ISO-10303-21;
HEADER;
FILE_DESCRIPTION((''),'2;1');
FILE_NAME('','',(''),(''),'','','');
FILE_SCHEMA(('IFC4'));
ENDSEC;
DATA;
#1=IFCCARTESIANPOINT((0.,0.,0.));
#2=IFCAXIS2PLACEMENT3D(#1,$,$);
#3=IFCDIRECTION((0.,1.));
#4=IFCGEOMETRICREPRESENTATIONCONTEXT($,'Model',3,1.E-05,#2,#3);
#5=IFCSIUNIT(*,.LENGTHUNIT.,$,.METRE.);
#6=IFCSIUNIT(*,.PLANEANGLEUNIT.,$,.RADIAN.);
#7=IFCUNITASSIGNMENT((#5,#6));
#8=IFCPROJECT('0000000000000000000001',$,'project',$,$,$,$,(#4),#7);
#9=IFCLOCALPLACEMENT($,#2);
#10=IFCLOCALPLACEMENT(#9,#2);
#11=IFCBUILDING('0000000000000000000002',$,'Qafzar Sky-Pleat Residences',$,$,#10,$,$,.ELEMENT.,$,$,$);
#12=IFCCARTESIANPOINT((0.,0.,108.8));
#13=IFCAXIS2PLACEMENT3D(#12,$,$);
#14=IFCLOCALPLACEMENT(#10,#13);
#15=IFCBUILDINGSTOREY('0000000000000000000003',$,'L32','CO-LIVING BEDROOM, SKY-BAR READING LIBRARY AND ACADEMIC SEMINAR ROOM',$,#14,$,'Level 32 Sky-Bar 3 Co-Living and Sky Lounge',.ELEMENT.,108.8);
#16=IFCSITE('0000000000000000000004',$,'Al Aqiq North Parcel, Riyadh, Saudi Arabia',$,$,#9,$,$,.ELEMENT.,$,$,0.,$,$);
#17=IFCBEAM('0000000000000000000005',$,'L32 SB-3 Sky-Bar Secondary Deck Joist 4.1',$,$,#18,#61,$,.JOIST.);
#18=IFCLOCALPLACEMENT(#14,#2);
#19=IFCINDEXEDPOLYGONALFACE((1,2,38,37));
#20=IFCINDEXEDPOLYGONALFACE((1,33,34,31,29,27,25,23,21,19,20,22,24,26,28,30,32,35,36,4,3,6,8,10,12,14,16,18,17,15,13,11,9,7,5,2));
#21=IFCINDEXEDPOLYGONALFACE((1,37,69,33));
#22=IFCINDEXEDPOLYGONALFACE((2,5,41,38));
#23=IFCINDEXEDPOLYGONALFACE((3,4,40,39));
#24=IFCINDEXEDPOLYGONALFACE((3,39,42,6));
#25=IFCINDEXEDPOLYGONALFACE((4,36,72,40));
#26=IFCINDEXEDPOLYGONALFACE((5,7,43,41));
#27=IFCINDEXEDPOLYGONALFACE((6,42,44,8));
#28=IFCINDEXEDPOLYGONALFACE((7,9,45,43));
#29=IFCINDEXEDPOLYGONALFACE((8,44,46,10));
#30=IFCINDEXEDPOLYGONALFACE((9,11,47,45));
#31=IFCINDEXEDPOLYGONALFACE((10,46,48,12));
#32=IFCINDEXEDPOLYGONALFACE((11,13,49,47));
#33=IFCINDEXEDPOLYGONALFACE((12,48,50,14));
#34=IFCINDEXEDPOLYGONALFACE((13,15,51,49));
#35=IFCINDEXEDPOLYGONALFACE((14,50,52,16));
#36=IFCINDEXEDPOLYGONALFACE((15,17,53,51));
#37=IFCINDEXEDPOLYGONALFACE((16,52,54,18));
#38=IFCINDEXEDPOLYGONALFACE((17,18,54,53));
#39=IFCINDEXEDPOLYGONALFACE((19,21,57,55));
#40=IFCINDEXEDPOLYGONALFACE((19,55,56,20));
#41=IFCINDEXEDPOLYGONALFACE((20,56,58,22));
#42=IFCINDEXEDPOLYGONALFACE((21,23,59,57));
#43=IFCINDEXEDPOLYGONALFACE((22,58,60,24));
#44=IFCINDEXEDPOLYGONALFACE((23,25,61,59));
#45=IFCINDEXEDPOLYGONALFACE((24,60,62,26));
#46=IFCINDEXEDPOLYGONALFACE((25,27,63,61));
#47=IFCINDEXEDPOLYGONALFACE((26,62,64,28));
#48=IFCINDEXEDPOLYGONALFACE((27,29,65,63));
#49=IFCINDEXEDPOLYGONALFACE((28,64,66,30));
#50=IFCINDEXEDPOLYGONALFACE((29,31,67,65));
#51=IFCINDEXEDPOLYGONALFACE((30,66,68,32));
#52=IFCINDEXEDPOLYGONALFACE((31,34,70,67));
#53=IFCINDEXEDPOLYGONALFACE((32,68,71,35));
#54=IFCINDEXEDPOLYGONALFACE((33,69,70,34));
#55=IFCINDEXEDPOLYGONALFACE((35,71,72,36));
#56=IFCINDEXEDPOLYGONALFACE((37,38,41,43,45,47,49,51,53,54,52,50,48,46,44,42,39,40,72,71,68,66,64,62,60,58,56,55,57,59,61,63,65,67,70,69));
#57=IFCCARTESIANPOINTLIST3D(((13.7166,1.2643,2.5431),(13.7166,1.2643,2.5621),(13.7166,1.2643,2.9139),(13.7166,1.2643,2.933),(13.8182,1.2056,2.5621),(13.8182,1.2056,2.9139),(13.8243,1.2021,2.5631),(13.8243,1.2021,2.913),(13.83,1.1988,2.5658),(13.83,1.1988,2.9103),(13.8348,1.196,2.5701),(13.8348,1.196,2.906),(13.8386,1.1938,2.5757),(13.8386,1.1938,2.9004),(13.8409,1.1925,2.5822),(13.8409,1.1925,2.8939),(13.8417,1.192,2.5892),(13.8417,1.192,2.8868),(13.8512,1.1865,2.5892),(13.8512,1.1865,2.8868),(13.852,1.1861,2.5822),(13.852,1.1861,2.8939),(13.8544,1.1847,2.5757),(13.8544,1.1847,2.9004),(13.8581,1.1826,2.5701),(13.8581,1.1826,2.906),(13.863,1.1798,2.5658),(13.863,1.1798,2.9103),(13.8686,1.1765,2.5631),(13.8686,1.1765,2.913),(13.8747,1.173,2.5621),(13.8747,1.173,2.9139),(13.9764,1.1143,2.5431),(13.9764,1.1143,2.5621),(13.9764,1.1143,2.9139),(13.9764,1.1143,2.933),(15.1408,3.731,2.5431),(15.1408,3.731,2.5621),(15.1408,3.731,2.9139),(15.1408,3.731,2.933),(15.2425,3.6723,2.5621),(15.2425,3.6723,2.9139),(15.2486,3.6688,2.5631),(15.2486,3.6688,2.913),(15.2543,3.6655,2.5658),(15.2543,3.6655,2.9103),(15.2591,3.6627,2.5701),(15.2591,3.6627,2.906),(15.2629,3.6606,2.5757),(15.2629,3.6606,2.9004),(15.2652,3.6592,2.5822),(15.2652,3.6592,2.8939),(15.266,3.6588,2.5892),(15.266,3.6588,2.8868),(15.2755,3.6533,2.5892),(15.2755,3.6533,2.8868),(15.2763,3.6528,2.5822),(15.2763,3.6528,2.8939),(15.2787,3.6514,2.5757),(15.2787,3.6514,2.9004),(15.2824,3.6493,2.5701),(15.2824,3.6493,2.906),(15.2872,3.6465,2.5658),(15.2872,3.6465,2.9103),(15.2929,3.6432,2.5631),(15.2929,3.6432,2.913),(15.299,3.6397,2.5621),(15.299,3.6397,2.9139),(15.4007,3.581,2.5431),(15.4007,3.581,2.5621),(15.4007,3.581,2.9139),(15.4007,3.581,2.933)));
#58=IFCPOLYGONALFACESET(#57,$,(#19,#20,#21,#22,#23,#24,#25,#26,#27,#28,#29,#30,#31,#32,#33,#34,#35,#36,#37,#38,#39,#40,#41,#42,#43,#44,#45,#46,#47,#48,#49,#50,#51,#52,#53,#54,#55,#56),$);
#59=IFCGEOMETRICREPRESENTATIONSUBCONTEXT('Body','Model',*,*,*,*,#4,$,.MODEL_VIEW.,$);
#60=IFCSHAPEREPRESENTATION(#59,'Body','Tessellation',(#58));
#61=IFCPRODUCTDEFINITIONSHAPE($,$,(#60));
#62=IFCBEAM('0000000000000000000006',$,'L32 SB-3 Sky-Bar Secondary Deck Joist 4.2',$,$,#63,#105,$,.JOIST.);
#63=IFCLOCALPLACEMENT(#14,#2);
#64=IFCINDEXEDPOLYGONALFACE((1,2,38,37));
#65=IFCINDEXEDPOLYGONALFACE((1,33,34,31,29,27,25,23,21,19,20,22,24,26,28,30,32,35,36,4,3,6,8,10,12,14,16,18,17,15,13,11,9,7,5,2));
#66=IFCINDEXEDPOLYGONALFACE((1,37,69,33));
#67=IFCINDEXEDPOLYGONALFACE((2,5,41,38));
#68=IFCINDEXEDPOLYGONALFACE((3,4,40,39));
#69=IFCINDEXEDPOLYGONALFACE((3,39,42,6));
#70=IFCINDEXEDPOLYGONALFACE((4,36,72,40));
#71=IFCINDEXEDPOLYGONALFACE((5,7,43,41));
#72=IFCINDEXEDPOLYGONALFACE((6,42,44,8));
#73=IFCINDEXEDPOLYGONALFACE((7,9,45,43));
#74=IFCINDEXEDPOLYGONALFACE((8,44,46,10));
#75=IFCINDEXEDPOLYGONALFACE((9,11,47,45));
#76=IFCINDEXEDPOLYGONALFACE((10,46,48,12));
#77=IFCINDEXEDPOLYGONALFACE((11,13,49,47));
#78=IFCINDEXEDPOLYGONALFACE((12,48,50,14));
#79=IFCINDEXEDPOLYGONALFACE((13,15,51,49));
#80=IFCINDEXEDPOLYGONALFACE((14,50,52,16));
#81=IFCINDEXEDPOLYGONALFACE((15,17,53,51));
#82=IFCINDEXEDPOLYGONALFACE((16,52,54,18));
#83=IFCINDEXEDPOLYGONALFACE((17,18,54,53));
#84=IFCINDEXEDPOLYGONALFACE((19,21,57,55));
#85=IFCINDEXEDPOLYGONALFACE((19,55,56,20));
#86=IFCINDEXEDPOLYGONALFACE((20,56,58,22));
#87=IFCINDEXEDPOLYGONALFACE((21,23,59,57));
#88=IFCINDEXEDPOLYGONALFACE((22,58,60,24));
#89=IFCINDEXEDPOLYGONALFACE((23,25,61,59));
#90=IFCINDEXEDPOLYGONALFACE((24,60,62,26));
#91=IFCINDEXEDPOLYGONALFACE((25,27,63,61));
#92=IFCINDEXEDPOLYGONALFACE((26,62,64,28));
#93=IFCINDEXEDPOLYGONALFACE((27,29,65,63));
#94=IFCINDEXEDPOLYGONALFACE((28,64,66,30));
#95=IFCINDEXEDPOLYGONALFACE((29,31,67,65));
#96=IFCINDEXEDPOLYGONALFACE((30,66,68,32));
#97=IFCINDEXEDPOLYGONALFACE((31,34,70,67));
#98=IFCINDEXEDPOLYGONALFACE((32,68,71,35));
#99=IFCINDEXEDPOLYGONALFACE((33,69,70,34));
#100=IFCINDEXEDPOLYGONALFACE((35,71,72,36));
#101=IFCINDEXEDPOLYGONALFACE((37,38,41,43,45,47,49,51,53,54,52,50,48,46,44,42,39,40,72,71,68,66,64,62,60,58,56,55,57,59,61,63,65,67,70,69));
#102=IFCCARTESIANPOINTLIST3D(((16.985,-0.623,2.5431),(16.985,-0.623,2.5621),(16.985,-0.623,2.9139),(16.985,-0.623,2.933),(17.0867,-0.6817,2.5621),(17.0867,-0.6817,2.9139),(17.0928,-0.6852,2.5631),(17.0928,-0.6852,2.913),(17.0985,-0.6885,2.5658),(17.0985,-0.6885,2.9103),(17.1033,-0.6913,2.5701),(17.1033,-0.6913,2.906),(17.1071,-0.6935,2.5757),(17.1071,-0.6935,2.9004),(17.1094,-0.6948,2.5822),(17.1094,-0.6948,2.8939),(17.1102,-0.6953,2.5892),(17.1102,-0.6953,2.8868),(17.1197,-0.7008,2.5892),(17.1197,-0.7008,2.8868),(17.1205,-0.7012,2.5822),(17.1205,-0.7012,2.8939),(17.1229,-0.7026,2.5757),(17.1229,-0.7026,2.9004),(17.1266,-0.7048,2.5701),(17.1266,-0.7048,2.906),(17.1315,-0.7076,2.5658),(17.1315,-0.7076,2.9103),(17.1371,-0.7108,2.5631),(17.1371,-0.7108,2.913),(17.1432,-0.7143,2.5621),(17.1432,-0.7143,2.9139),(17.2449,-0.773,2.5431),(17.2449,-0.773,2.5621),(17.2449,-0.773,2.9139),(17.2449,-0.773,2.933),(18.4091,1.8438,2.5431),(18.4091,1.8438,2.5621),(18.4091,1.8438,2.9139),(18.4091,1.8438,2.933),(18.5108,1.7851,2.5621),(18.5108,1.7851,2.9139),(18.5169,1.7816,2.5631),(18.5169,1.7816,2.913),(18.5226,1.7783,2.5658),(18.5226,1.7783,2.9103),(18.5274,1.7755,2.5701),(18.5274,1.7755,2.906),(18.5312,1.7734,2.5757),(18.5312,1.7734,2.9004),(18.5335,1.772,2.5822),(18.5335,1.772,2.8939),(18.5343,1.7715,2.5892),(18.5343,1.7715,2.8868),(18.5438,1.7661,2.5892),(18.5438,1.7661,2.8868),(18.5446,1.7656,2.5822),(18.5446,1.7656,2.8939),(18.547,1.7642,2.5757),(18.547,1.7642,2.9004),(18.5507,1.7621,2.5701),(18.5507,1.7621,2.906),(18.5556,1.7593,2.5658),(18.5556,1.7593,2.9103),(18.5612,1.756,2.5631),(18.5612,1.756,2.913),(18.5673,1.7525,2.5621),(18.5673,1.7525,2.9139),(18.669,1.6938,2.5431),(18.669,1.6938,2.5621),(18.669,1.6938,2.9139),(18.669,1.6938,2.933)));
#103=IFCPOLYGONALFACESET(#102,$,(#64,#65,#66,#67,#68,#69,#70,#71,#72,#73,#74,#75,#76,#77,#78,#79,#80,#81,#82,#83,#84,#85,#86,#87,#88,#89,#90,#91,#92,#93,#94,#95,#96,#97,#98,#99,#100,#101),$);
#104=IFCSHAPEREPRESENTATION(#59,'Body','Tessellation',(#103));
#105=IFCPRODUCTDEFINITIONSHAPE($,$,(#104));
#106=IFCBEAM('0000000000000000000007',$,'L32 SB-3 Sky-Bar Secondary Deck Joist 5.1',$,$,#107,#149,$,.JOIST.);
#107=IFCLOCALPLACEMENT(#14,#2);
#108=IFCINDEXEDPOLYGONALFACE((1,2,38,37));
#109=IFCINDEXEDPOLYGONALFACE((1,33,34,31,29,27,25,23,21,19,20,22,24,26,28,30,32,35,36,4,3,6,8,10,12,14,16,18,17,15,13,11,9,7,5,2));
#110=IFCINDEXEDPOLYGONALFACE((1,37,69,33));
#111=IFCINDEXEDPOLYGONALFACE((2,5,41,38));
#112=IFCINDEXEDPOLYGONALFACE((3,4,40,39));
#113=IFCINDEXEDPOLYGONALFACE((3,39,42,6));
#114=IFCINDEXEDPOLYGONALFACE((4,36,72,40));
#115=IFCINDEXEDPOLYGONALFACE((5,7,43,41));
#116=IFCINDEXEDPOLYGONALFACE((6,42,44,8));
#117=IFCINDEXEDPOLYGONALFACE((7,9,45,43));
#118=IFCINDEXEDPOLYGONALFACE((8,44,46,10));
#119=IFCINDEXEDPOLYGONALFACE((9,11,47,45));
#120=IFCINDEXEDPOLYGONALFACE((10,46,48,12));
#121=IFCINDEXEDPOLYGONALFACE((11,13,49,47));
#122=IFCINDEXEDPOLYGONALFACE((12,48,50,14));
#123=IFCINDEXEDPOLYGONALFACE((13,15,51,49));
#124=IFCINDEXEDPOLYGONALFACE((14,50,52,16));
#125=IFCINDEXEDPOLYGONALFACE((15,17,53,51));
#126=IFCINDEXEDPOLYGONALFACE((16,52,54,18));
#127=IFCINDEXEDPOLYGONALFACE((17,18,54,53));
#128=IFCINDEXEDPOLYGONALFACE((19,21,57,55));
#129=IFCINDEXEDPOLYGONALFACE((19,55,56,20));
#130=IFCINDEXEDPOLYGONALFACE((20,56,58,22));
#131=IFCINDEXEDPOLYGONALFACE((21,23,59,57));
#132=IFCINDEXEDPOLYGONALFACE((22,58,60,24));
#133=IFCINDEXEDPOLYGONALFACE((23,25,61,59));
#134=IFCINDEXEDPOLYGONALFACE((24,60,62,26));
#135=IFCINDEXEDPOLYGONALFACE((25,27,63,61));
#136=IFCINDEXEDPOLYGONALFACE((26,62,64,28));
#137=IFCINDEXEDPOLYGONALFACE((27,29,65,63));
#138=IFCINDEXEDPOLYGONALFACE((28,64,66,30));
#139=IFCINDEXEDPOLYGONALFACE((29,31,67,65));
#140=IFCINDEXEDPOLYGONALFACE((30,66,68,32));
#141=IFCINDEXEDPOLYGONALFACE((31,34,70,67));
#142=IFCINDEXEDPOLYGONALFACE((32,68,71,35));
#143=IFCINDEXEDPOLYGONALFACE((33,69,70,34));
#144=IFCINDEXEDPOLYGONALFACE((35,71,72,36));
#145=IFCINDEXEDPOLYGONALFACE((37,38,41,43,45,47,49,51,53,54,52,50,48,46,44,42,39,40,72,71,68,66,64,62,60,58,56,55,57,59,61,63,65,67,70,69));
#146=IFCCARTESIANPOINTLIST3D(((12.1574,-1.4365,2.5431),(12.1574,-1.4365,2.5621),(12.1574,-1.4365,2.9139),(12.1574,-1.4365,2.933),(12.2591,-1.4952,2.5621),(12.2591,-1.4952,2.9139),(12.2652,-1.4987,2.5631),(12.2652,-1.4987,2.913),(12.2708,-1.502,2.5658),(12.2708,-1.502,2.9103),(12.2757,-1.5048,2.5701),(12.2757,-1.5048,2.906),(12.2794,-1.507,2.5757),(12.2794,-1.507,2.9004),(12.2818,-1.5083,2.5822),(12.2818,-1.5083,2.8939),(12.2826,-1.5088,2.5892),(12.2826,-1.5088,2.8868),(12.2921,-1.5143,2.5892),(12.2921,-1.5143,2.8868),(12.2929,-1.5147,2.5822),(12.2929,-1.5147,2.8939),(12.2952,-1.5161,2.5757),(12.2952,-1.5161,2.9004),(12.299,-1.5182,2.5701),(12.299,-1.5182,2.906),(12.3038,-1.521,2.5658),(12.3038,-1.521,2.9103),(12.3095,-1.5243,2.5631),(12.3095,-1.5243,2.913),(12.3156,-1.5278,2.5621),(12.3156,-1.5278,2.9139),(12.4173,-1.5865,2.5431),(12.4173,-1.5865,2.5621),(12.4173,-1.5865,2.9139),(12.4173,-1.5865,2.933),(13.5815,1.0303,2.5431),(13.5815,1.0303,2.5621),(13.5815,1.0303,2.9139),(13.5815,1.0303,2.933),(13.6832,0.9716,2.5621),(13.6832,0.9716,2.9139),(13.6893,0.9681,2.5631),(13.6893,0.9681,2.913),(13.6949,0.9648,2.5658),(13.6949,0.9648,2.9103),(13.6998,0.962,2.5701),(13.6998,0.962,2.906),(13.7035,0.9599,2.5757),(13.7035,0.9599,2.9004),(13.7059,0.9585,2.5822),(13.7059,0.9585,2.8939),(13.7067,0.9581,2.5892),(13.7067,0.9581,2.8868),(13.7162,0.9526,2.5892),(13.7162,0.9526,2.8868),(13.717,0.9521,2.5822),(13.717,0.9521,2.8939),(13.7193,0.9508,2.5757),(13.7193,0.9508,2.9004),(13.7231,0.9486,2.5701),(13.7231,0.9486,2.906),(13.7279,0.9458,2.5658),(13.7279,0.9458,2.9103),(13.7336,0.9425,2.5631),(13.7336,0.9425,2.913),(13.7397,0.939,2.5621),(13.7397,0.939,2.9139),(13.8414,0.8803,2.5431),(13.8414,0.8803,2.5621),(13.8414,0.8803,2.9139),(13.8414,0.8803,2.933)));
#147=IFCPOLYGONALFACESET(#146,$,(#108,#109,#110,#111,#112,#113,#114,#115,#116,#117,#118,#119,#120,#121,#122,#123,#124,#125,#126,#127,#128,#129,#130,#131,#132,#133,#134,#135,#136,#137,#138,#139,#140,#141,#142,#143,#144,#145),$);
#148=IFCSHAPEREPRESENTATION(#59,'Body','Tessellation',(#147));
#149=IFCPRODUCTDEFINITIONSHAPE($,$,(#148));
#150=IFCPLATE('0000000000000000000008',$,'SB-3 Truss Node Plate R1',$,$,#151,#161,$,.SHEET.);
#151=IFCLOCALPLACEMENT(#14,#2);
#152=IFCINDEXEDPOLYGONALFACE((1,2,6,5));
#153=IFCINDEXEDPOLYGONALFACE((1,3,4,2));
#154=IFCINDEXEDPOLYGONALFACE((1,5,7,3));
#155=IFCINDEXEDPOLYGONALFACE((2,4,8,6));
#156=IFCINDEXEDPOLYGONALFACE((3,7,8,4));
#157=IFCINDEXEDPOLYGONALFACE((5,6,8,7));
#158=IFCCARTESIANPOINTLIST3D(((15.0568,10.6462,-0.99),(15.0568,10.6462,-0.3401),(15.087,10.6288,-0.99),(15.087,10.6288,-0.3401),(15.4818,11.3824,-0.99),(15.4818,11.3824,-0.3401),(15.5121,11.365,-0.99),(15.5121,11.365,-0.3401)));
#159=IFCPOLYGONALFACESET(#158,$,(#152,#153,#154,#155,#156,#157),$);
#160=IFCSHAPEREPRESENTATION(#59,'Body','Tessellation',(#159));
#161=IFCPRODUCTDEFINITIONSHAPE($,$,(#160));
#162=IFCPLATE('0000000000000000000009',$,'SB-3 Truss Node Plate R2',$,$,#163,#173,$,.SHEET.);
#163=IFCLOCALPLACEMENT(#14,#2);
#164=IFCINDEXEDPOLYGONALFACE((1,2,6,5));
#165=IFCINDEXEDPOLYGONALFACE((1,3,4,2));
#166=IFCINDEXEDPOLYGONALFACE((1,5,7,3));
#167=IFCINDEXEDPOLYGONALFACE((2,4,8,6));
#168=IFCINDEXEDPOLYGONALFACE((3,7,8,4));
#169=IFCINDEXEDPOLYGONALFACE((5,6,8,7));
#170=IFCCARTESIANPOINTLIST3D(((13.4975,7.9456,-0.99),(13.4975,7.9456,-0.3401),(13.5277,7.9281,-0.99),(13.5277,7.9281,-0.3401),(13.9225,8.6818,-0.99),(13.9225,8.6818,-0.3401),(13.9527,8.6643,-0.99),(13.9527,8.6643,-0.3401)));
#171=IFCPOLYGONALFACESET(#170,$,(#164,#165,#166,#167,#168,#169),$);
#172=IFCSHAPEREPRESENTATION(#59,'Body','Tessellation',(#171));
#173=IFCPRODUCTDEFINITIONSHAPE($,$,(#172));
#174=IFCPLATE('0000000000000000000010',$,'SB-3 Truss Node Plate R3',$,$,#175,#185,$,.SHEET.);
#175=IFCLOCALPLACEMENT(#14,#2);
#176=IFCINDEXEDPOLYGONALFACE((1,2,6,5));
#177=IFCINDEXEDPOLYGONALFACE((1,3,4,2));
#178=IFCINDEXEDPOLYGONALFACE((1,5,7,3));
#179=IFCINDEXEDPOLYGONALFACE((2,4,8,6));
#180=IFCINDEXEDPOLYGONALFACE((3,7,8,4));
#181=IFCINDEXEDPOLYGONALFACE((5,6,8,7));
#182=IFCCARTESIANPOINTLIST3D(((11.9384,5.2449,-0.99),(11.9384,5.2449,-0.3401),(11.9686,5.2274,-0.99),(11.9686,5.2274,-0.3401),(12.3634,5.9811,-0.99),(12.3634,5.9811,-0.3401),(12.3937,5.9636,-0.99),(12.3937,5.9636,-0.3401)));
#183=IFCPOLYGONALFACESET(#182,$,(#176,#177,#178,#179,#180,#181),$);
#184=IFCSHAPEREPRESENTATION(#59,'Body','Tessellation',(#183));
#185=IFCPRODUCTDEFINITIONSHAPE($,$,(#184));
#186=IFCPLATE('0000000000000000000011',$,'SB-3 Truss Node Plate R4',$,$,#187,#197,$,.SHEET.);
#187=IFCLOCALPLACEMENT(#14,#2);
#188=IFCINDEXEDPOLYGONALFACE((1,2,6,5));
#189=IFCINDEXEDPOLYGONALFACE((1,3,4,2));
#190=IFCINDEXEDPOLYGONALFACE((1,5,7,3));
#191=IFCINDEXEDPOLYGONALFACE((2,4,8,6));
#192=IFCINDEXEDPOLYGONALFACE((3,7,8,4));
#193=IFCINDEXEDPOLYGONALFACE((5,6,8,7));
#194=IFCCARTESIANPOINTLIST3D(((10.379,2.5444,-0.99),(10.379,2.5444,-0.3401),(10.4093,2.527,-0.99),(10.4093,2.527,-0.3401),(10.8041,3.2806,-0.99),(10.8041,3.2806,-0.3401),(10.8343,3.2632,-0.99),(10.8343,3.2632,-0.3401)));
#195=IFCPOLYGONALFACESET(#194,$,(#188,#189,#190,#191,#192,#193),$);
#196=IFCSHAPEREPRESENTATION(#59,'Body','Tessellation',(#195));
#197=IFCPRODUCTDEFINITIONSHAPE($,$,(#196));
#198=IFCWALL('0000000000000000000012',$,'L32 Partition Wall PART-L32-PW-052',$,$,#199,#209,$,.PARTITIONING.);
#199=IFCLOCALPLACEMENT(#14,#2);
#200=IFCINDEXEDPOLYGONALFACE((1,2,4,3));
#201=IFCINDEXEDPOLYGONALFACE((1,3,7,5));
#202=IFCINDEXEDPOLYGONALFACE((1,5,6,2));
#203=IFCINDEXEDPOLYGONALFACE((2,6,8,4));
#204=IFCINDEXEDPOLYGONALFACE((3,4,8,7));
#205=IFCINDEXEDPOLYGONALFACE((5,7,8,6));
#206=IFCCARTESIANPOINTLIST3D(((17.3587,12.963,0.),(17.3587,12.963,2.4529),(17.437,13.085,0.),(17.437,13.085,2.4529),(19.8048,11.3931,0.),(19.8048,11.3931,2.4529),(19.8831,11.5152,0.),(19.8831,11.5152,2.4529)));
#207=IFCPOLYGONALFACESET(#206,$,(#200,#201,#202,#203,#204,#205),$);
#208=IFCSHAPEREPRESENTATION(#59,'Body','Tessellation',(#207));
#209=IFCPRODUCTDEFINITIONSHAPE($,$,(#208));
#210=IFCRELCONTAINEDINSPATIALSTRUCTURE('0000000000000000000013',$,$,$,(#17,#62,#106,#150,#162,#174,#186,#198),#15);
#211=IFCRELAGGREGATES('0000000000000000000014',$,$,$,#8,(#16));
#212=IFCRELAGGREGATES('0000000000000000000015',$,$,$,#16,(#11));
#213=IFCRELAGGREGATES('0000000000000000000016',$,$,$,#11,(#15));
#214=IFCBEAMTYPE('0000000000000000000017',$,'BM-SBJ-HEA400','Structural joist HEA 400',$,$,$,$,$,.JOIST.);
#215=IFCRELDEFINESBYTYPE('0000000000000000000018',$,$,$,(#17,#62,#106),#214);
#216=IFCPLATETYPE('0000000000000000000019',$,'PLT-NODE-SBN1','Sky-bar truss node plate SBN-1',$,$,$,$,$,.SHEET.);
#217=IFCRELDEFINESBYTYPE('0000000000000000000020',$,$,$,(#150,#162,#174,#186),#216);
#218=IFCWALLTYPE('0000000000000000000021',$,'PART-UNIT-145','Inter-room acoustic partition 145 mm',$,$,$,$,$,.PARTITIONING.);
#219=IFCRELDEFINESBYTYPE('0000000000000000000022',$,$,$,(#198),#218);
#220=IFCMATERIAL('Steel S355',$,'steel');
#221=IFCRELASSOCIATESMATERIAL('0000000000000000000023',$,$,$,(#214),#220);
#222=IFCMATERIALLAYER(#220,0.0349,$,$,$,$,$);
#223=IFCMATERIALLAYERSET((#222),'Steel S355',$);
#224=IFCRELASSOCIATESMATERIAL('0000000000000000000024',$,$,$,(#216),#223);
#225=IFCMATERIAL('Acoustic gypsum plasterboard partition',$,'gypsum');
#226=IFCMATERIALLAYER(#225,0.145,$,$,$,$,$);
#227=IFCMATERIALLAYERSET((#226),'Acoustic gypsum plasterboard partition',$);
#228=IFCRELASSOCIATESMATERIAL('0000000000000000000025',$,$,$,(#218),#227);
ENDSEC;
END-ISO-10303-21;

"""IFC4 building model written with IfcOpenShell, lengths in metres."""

from ifc_helpers import new_model, si_unit, direction, frame, frame_2d, origin, origin_2d, place, context, subcontext, project, spatial, rectangle, i_section, extrude, source, transform, mapped, material, layer, layer_set, material_profile, profile_set, type_object, element, save


model = new_model("IFC4")

# Units and contexts
model_context = context("Model", 3, precision=1e-05, world=origin(), true_north=direction((0.0, 1.0)))
body_context = subcontext(model_context, "Body", "Model", "MODEL_VIEW")
ifc_project = project(units=[si_unit("LENGTHUNIT", "METRE"), si_unit("PLANEANGLEUNIT", "RADIAN")], contexts=[model_context])

# Site, building, storey
site_placement = place(None, origin())
site = spatial("IfcSite", under=ifc_project, at=site_placement, Name="Al Aqiq North Parcel, Riyadh, Saudi Arabia", CompositionType="ELEMENT", RefElevation=0.0)
building_placement = place(site_placement, origin())
building = spatial("IfcBuilding", under=site, at=building_placement, Name="Qafzar Sky-Pleat Residences", CompositionType="ELEMENT")
storey_placement = place(building_placement, frame((0.0, 0.0, 108.8)))
storey = spatial("IfcBuildingStorey", under=building, at=storey_placement, Name="L32", Description="CO-LIVING BEDROOM, SKY-BAR READING LIBRARY AND ACADEMIC SEMINAR ROOM", LongName="Level 32 Sky-Bar 3 Co-Living and Sky Lounge", CompositionType="ELEMENT", Elevation=108.8)

# Shared definitions
ifc_material_1 = material(Name="Steel S355", Category="steel")

# Beams
ifc_material_profile_1 = material_profile(ifc_material_1, i_section(OverallWidth=0.3, OverallDepth=0.3899, WebThickness=0.011, FlangeThickness=0.019, FilletRadius=0.0271, at=origin_2d()), Name="HEA 400")
ifc_profile_set_1 = profile_set([ifc_material_profile_1], Name="Steel S355")
beam_type_1 = type_object("IfcBeamType", Name="BM-SBJ-HEA400", Description="Structural joist HEA 400", PredefinedType="JOIST", material=ifc_profile_set_1)
shared_shape_1 = source(origin(), body_context, "Body", "SweptSolid", [
    extrude(i_section(OverallWidth=0.3, OverallDepth=0.3899, WebThickness=0.011, FlangeThickness=0.019, FilletRadius=0.0271, at=origin_2d()), origin(), (0.0, 0.0, 1.0), 2.8484),
])
for number, where, z_axis, x_axis, name in (
    (1, (15.2708, 3.656, 2.738), (-0.500029, -0.866009, 0.0), (0.866009, -0.500029, 0.0), "L32 SB-3 Sky-Bar Secondary Deck Joist 4.1"),
    (2, (18.5391, 1.7688, 2.738), (-0.499965, -0.866046, 0.0), (0.866046, -0.499965, 0.0), "L32 SB-3 Sky-Bar Secondary Deck Joist 4.2"),
    (3, (13.7114, 0.9553, 2.738), (-0.499965, -0.866046, 0.0), (0.866046, -0.499965, 0.0), "L32 SB-3 Sky-Bar Secondary Deck Joist 5.1"),
):
    element("IfcBeam", number, at=place(storey_placement, frame(where, z_axis=z_axis, x_axis=x_axis)), inside=storey, type_object=beam_type_1, Name=name, PredefinedType="JOIST", context=body_context, shape_type="MappedRepresentation", body=[
        mapped(shared_shape_1, transform((0.0, 0.0, 0.0), x_axis=(1.0, 0.0, 0.0), y_axis=(0.0, 1.0, 0.0), z_axis=(0.0, 0.0, 1.0), scale=1.0)),
    ])

# Plates
ifc_layer_1 = layer(ifc_material_1, 0.0349)
ifc_layer_set_1 = layer_set([ifc_layer_1], Name="Steel S355")
plate_type = type_object("IfcPlateType", Name="PLT-NODE-SBN1", Description="Sky-bar truss node plate SBN-1", PredefinedType="SHEET", material=ifc_layer_set_1)
shared_shape_2 = source(origin(), body_context, "Body", "SweptSolid", [
    extrude(rectangle(XDim=0.8501, YDim=0.0349, at=origin_2d()), origin(), (0.0, 0.0, 1.0), 0.6499),
])
for number, where, z_axis, x_axis, name in (
    (4, (15.2844, 11.0056, -0.99), (0.0, 0.0, 1.0), (-0.5, -0.866025, 0.0), "SB-3 Truss Node Plate R1"),
    (5, (13.7251, 8.3049, -0.99), (0.0, 0.0, 1.0), (-0.5, -0.866025, 0.0), "SB-3 Truss Node Plate R2"),
    (6, (12.166, 5.6042, -0.99), (0.0, 0.0, 1.0), (-0.5, -0.866025, 0.0), "SB-3 Truss Node Plate R3"),
    (7, (10.6067, 2.9038, -0.99), (0.0, 0.0, 1.0), (-0.5, -0.866025, 0.0), "SB-3 Truss Node Plate R4"),
):
    element("IfcPlate", number, at=place(storey_placement, frame(where, z_axis=z_axis, x_axis=x_axis)), inside=storey, type_object=plate_type, Name=name, PredefinedType="SHEET", context=body_context, shape_type="MappedRepresentation", body=[
        mapped(shared_shape_2, transform((0.0, 0.0, 0.0), x_axis=(1.0, 0.0, 0.0), y_axis=(0.0, 1.0, 0.0), z_axis=(0.0, 0.0, 1.0), scale=1.0)),
    ])

# Wall
ifc_material_2 = material(Name="Acoustic gypsum plasterboard partition", Category="gypsum")
ifc_layer_2 = layer(ifc_material_2, 0.145)
ifc_layer_set_2 = layer_set([ifc_layer_2], Name="Acoustic gypsum plasterboard partition")
wall_type = type_object("IfcWallType", Name="PART-UNIT-145", Description="Inter-room acoustic partition 145 mm", PredefinedType="PARTITIONING", material=ifc_layer_set_2)
wall_1_placement = place(storey_placement, frame((17.3979, 13.0239, 0.0), z_axis=(0.0, 0.0, 1.0), x_axis=(0.84159, -0.540116, 0.0)))
element("IfcWall", 8, at=wall_1_placement, inside=storey, type_object=wall_type, Name="L32 Partition Wall PART-L32-PW-052", PredefinedType="PARTITIONING", context=body_context, shape_type="SweptSolid", body=[
    extrude(rectangle(XDim=2.9065, YDim=0.145, at=frame_2d((1.4531, 0.0))), origin(), (0.0, 0.0, 1.0), 2.4529),
])

save(model, "model.ifc")
